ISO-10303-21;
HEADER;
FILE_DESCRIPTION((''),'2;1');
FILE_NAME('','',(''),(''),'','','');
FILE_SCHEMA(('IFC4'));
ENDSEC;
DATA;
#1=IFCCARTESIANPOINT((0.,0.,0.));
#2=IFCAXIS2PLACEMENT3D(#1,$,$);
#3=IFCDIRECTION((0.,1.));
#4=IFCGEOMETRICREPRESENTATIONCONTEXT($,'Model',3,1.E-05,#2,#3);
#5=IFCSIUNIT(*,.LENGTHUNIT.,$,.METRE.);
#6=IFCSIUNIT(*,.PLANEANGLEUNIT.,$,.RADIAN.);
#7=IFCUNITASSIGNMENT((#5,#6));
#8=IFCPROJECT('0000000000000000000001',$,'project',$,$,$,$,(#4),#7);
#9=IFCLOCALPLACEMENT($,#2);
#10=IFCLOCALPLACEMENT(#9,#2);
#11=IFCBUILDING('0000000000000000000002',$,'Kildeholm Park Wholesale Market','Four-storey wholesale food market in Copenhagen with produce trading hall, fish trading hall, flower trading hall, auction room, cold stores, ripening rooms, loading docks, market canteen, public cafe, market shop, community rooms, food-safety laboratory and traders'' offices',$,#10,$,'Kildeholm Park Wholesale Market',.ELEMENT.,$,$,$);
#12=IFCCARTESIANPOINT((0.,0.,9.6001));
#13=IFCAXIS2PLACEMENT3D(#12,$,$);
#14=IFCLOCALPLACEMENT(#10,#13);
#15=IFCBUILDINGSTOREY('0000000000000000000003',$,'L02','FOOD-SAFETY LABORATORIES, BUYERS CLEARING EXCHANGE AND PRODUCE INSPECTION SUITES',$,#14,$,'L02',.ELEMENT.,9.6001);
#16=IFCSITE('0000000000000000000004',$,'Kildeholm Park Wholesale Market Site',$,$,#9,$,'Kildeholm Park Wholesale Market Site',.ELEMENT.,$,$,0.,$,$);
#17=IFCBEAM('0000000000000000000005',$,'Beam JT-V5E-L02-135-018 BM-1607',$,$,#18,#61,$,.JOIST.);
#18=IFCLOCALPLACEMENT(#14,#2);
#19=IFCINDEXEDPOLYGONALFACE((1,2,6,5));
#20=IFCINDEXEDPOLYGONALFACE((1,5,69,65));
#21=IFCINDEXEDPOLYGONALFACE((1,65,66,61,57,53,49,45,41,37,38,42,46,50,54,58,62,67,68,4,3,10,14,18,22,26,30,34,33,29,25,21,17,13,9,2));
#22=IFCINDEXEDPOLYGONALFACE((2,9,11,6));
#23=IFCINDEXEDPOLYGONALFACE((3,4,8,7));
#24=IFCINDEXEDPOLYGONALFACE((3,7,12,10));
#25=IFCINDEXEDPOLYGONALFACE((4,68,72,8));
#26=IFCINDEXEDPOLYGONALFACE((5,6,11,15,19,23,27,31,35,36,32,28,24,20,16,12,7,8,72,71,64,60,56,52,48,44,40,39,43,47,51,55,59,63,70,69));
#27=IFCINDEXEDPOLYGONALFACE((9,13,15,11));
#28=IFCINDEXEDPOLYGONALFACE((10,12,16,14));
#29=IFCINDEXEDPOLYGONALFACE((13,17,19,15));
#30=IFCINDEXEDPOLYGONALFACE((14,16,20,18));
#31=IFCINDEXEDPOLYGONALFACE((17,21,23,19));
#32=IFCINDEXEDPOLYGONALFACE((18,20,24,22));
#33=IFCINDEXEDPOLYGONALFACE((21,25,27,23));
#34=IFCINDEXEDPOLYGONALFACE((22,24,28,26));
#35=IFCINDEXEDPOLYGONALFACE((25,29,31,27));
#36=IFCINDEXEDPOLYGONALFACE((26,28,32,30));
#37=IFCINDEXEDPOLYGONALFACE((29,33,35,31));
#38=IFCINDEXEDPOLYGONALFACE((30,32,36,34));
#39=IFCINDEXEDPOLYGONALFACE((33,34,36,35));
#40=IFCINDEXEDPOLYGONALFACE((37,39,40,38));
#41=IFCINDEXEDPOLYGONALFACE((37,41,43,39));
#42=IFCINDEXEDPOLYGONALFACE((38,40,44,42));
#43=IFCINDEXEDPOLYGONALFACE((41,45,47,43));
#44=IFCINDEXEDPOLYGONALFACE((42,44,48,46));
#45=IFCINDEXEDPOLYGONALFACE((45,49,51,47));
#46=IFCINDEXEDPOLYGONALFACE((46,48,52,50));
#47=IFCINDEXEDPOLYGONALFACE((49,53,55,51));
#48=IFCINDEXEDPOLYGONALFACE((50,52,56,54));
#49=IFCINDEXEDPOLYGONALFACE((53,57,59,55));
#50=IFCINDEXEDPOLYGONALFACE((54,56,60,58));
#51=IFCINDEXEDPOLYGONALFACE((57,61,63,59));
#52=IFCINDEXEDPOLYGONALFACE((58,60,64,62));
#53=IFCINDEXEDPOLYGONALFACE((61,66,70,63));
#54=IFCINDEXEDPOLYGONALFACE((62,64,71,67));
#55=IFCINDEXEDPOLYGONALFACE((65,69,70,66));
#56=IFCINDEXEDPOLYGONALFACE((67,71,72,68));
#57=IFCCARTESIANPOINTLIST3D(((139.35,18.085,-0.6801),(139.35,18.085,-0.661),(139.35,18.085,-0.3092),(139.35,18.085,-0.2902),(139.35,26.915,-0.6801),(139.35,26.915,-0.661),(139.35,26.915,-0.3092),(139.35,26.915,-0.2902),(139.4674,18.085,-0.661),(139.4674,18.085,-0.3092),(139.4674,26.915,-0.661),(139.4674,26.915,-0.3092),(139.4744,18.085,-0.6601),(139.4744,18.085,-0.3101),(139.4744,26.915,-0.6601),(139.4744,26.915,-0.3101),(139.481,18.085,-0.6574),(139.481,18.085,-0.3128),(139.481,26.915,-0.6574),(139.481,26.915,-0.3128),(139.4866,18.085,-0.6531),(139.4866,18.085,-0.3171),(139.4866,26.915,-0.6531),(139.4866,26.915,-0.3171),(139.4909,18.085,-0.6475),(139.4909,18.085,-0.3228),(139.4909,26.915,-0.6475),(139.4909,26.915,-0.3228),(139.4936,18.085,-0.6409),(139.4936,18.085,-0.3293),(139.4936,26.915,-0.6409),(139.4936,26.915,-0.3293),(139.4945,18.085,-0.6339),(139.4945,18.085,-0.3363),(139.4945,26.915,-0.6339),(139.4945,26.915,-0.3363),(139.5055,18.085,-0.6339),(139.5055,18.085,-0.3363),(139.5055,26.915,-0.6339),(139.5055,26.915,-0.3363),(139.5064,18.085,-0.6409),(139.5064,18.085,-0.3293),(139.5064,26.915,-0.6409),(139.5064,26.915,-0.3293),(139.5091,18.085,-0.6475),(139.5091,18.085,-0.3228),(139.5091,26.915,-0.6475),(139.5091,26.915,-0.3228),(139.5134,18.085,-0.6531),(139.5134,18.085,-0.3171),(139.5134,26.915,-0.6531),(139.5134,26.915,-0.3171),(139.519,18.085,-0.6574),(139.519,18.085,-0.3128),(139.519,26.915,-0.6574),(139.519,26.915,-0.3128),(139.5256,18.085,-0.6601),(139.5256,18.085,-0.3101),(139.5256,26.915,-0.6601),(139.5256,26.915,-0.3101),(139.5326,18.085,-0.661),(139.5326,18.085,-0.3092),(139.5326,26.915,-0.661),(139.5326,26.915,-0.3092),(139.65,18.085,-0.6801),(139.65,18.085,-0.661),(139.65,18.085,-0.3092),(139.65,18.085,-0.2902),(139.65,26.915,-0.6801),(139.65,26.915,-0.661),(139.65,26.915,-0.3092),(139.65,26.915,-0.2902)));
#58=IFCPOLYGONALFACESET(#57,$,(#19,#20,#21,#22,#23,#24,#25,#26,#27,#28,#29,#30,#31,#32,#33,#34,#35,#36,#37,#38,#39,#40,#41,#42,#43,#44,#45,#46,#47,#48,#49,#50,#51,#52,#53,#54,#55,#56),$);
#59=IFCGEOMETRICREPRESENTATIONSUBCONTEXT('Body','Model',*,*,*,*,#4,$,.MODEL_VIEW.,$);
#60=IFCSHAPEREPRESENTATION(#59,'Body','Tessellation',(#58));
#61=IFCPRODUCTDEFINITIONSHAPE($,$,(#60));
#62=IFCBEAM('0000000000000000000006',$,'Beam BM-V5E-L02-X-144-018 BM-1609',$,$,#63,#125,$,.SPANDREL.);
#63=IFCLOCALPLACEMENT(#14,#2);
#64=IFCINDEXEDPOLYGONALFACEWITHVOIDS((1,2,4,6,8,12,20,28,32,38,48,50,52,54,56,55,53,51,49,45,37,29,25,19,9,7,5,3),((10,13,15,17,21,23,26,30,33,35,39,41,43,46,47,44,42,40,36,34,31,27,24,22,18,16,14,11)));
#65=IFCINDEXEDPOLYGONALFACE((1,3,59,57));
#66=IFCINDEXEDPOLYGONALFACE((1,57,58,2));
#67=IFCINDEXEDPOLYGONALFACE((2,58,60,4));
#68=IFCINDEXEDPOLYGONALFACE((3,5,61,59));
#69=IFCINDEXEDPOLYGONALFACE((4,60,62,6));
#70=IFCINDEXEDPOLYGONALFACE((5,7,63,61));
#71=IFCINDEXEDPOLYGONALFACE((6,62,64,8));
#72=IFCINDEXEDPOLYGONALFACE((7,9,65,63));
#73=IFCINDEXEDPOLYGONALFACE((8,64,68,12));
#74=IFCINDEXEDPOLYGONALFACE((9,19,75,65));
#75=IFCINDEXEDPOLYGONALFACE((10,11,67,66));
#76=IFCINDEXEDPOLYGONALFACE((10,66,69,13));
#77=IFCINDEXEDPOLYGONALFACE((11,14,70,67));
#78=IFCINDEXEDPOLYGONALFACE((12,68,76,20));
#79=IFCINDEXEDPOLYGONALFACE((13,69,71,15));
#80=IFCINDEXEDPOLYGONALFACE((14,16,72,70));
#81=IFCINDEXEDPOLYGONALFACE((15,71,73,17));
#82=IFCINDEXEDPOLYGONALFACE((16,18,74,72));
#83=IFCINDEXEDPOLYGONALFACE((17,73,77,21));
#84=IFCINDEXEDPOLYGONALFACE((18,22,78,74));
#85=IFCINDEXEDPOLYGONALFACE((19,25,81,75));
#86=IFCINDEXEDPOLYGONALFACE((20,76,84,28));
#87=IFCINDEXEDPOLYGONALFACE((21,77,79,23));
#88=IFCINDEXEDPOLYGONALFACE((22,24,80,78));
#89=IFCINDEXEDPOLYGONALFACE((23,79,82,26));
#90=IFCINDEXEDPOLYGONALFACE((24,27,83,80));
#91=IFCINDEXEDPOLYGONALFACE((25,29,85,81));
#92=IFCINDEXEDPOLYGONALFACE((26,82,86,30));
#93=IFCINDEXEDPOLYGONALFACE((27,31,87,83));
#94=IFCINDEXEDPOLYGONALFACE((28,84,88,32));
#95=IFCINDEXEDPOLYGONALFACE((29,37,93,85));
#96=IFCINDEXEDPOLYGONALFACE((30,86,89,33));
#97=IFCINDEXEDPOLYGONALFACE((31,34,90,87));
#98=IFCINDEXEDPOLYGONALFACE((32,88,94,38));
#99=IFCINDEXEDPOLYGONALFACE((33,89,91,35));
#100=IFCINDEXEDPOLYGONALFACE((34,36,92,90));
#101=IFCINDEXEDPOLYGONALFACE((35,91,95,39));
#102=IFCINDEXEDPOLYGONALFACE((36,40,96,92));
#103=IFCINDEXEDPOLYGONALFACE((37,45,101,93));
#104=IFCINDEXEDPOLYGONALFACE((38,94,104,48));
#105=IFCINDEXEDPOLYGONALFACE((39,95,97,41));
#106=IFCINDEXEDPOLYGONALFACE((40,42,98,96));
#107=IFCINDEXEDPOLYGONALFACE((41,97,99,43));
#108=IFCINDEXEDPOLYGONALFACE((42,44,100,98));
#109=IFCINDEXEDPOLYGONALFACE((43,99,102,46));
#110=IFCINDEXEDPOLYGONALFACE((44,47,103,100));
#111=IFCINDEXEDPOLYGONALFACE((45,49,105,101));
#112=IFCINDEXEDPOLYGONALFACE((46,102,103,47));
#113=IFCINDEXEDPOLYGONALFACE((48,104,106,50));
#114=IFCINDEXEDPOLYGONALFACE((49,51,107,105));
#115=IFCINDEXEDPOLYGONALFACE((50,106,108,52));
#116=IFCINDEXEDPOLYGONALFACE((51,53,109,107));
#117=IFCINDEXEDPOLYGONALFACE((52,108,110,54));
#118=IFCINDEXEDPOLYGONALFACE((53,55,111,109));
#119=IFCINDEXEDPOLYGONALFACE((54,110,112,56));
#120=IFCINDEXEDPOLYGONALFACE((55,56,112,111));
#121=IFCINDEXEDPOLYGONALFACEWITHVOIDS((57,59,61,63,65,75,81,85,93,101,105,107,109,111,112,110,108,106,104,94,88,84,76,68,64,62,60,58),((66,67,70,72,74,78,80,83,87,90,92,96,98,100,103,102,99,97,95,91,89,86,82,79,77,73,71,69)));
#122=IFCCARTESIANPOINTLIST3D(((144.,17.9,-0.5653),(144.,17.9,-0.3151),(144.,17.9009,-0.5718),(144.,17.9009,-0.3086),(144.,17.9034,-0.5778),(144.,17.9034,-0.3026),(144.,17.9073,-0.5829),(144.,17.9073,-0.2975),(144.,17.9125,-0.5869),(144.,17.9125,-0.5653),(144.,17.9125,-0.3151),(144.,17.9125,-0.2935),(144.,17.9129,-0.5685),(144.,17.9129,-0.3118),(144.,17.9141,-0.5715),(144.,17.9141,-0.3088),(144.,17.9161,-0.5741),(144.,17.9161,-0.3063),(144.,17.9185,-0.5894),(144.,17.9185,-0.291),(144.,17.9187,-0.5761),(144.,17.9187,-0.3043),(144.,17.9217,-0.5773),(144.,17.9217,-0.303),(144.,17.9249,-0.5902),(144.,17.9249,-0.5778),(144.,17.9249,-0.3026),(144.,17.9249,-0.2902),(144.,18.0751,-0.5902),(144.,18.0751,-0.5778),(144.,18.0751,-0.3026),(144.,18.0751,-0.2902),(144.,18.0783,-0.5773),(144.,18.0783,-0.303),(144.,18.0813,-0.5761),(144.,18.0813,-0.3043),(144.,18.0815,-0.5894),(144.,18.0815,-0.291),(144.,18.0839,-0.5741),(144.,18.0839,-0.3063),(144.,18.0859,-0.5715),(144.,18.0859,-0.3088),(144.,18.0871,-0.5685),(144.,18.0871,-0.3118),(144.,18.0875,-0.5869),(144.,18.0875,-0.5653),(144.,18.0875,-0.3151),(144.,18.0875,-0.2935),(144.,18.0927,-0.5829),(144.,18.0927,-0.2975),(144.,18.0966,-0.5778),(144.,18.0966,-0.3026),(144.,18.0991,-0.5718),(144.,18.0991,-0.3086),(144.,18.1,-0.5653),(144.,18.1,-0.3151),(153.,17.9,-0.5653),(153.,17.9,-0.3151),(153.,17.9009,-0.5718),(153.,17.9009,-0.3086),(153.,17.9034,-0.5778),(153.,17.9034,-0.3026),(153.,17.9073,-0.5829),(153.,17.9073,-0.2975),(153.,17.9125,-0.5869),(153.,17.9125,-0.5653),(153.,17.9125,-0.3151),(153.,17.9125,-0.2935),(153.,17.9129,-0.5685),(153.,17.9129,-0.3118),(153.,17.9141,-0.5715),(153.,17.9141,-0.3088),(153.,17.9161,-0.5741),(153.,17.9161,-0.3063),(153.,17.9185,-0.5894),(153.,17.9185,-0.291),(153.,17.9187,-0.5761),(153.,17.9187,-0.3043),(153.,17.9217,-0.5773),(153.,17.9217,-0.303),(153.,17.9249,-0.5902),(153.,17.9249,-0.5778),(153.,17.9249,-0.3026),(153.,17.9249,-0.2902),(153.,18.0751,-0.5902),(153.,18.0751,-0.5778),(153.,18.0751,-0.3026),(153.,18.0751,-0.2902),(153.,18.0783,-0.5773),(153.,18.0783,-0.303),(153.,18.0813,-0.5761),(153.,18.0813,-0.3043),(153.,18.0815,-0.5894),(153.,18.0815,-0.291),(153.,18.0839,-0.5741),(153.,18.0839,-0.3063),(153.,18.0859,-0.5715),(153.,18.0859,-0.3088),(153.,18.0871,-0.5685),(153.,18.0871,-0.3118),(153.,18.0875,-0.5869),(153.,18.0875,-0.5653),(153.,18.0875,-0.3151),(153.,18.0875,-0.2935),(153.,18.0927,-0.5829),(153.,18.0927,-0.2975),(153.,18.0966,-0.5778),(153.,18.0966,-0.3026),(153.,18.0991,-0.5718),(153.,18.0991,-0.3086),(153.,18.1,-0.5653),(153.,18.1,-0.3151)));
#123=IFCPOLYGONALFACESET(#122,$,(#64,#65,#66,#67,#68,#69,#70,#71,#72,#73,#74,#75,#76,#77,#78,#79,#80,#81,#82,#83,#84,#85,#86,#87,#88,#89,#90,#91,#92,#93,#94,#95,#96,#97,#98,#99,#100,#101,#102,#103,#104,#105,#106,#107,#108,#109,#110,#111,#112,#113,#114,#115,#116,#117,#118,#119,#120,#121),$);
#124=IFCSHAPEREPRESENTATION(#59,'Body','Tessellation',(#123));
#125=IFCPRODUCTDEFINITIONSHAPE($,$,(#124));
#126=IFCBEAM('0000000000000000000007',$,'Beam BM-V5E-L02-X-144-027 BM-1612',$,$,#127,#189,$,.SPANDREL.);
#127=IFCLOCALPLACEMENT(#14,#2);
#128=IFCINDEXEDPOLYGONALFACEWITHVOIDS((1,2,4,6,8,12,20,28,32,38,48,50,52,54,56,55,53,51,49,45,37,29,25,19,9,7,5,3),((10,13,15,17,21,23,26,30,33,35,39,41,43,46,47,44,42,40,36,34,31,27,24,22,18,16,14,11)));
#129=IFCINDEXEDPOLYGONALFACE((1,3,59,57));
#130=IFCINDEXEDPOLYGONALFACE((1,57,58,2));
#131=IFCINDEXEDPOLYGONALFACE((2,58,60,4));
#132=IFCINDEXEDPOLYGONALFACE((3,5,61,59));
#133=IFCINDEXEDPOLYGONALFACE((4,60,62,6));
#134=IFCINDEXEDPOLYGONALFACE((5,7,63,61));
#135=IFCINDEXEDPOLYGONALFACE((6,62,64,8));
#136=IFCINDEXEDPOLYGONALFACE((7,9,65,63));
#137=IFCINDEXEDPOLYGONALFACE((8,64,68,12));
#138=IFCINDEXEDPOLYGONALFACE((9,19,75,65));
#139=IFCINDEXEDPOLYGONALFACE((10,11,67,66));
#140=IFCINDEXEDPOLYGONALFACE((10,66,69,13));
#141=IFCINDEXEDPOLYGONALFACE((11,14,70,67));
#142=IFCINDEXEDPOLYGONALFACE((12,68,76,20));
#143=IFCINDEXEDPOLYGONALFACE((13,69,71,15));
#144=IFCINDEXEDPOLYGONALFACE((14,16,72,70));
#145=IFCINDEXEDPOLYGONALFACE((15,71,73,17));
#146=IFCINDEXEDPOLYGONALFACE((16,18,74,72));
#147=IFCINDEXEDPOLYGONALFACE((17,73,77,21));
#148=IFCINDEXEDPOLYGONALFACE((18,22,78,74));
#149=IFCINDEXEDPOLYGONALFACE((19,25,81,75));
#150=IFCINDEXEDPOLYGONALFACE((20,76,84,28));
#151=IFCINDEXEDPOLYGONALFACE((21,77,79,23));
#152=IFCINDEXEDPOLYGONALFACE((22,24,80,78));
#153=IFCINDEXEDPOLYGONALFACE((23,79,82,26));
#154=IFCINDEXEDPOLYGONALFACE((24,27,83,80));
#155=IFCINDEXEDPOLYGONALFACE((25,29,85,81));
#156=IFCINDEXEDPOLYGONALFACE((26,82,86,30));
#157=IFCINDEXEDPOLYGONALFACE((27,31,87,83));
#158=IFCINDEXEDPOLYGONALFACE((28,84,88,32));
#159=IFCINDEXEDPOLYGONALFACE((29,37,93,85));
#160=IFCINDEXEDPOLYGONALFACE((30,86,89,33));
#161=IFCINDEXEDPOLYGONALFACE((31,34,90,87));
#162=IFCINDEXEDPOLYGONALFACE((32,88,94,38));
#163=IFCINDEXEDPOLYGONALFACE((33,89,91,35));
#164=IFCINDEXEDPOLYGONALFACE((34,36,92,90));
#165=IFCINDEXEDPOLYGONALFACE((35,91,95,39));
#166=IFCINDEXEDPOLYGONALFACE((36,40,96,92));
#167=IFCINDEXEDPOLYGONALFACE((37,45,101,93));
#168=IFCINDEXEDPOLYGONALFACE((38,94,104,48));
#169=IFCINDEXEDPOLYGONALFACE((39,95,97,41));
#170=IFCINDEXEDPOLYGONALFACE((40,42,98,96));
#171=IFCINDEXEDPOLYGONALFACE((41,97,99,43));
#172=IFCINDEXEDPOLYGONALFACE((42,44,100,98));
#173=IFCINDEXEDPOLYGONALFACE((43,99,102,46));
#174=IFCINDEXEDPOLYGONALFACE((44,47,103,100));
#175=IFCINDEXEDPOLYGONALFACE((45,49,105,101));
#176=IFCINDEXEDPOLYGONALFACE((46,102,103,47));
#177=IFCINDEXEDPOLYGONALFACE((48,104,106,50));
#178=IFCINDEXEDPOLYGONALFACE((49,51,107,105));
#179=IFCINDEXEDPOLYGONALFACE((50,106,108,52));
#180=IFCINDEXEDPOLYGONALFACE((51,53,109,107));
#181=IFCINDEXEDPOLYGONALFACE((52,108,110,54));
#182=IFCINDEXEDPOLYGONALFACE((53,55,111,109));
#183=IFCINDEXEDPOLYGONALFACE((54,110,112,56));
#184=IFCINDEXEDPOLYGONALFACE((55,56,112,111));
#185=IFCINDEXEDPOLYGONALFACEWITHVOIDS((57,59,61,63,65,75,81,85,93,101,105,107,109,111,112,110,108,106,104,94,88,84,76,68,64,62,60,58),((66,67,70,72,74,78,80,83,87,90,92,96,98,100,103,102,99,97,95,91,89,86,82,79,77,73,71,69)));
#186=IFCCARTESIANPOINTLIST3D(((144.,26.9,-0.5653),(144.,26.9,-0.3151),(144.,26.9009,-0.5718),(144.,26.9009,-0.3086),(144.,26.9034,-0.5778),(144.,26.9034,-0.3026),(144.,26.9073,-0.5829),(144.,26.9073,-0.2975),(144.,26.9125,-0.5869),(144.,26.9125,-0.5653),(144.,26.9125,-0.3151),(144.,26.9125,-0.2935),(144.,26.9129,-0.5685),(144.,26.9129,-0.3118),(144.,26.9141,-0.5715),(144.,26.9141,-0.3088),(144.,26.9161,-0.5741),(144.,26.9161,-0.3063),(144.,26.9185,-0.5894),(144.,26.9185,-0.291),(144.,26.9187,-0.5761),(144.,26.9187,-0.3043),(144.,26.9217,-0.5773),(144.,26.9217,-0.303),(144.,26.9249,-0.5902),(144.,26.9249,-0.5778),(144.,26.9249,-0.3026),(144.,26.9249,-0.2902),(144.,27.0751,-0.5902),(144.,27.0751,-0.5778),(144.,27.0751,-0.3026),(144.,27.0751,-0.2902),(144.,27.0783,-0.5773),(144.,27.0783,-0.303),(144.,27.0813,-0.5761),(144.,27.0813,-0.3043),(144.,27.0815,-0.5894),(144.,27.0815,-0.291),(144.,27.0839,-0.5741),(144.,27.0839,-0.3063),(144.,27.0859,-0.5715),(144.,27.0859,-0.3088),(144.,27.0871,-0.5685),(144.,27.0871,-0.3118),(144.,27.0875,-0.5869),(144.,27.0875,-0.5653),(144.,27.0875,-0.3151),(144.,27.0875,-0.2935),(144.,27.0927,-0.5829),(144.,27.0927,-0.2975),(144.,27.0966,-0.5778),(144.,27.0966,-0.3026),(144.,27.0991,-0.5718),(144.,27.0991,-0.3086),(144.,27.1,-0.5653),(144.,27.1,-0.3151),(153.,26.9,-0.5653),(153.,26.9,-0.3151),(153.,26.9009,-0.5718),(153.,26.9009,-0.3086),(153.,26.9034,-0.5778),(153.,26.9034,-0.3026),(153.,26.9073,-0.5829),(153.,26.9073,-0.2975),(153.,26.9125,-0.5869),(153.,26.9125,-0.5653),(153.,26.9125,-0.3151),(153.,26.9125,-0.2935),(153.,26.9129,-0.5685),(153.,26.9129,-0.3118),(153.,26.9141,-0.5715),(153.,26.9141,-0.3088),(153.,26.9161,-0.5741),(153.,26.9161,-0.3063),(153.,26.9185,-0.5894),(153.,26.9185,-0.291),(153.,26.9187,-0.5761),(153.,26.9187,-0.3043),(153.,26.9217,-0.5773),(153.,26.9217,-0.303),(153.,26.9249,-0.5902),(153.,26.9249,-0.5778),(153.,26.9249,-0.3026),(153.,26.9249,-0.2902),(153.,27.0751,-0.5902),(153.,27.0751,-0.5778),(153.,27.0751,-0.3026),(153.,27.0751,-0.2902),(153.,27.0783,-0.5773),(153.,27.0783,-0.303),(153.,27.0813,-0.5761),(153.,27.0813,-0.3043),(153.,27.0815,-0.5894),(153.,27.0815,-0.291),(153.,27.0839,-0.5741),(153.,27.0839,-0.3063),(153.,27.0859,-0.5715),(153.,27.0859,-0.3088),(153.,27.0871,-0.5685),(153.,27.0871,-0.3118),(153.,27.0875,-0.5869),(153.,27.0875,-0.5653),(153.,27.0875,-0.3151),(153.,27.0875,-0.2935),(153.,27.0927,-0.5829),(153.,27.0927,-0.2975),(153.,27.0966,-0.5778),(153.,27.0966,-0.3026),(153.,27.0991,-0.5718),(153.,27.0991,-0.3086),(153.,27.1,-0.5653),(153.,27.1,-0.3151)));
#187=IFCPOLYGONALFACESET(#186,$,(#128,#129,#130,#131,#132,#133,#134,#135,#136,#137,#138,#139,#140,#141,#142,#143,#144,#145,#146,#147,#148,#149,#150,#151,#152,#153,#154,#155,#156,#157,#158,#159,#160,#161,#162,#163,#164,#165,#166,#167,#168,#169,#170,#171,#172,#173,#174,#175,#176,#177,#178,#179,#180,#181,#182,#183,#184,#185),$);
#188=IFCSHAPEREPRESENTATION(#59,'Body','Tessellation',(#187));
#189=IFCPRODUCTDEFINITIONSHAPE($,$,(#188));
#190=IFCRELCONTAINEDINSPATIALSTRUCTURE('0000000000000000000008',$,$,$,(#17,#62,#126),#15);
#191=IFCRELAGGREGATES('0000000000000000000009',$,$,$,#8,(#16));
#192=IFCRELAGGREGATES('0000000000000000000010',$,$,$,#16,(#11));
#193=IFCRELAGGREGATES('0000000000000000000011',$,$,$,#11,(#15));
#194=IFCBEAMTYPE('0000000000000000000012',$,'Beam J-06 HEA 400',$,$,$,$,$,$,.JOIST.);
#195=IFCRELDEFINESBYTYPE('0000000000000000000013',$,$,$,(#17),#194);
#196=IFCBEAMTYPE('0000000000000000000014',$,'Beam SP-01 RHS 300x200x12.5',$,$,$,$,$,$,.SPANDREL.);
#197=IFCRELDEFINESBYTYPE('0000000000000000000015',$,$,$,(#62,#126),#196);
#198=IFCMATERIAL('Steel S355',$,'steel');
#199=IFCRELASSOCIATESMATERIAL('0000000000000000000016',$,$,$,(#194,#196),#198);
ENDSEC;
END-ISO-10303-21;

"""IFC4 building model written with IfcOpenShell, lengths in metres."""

from ifc_helpers import new_model, si_unit, direction, frame, origin, origin_2d, place, context, subcontext, project, spatial, hollow_rectangle, i_section, extrude, material, material_profile, profile_set, type_object, element, save


model = new_model("IFC4")

# Units and contexts
model_context = context("Model", 3, precision=1e-05, world=origin(), true_north=direction((0.0, 1.0)))
body_context = subcontext(model_context, "Body", "Model", "MODEL_VIEW")
ifc_project = project(units=[si_unit("LENGTHUNIT", "METRE"), si_unit("PLANEANGLEUNIT", "RADIAN")], contexts=[model_context])

# Site, building, storey
site_placement = place(None, origin())
site = spatial("IfcSite", under=ifc_project, at=site_placement, Name="Kildeholm Park Wholesale Market Site", LongName="Kildeholm Park Wholesale Market Site", CompositionType="ELEMENT", RefElevation=0.0)
building_placement = place(site_placement, origin())
building = spatial("IfcBuilding", under=site, at=building_placement, Name="Kildeholm Park Wholesale Market", Description="Four-storey wholesale food market in Copenhagen with produce trading hall, fish trading hall, flower trading hall, auction room, cold stores, ripening rooms, loading docks, market canteen, public cafe, market shop, community rooms, food-safety laboratory and traders' offices", LongName="Kildeholm Park Wholesale Market", CompositionType="ELEMENT")
storey_placement = place(building_placement, frame((0.0, 0.0, 9.6001)))
storey = spatial("IfcBuildingStorey", under=building, at=storey_placement, Name="L02", Description="FOOD-SAFETY LABORATORIES, BUYERS CLEARING EXCHANGE AND PRODUCE INSPECTION SUITES", LongName="L02", CompositionType="ELEMENT", Elevation=9.6001)

# Shared definitions
ifc_material_1 = material(Name="Steel S355", Category="steel")

# Beams
ifc_material_profile_1 = material_profile(ifc_material_1, i_section(OverallWidth=0.3, OverallDepth=0.3899, WebThickness=0.011, FlangeThickness=0.019, FilletRadius=0.0271, at=origin_2d()), Name="HEA 400")
ifc_profile_set_1 = profile_set([ifc_material_profile_1], Name="Steel S355")
beam_type_1 = type_object("IfcBeamType", Name="Beam J-06 HEA 400", PredefinedType="JOIST", material=ifc_profile_set_1)
beam_1_placement = place(storey_placement, frame((139.5, 18.085, -0.4851), z_axis=(0.0, 1.0, 0.0), x_axis=(-1.0, 0.0, 0.0)))
element("IfcBeam", 1, at=beam_1_placement, inside=storey, type_object=beam_type_1, Name="Beam JT-V5E-L02-135-018 BM-1607", PredefinedType="JOIST", context=body_context, shape_type="SweptSolid", body=[
    extrude(i_section(OverallWidth=0.3, OverallDepth=0.3899, WebThickness=0.011, FlangeThickness=0.019, FilletRadius=0.0271, at=origin_2d()), origin(), (0.0, 0.0, 1.0), 8.8301),
])
ifc_material_profile_2 = material_profile(ifc_material_1, hollow_rectangle(XDim=0.2, YDim=0.3, WallThickness=0.0125, InnerFilletRadius=0.0125, OuterFilletRadius=0.0249, at=origin_2d()), Name="RHS 300x200x12.5")
ifc_profile_set_2 = profile_set([ifc_material_profile_2], Name="Steel S355")
beam_type_2 = type_object("IfcBeamType", Name="Beam SP-01 RHS 300x200x12.5", PredefinedType="SPANDREL", material=ifc_profile_set_2)
for number, where, z_axis, x_axis, name in (
    (2, (144.0, 18.0, -0.4402), (1.0, 0.0, 0.0), (0.0, 1.0, 0.0), "Beam BM-V5E-L02-X-144-018 BM-1609"),
    (3, (144.0, 27.0, -0.4402), (1.0, 0.0, 0.0), (0.0, 1.0, 0.0), "Beam BM-V5E-L02-X-144-027 BM-1612"),
):
    element("IfcBeam", number, at=place(storey_placement, frame(where, z_axis=z_axis, x_axis=x_axis)), inside=storey, type_object=beam_type_2, Name=name, PredefinedType="SPANDREL", context=body_context, shape_type="SweptSolid", body=[
        extrude(hollow_rectangle(XDim=0.2, YDim=0.3, WallThickness=0.0125, InnerFilletRadius=0.0125, OuterFilletRadius=0.0249, at=origin_2d()), origin(), (0.0, 0.0, 1.0), 9.0),
    ])

save(model, "model.ifc")
